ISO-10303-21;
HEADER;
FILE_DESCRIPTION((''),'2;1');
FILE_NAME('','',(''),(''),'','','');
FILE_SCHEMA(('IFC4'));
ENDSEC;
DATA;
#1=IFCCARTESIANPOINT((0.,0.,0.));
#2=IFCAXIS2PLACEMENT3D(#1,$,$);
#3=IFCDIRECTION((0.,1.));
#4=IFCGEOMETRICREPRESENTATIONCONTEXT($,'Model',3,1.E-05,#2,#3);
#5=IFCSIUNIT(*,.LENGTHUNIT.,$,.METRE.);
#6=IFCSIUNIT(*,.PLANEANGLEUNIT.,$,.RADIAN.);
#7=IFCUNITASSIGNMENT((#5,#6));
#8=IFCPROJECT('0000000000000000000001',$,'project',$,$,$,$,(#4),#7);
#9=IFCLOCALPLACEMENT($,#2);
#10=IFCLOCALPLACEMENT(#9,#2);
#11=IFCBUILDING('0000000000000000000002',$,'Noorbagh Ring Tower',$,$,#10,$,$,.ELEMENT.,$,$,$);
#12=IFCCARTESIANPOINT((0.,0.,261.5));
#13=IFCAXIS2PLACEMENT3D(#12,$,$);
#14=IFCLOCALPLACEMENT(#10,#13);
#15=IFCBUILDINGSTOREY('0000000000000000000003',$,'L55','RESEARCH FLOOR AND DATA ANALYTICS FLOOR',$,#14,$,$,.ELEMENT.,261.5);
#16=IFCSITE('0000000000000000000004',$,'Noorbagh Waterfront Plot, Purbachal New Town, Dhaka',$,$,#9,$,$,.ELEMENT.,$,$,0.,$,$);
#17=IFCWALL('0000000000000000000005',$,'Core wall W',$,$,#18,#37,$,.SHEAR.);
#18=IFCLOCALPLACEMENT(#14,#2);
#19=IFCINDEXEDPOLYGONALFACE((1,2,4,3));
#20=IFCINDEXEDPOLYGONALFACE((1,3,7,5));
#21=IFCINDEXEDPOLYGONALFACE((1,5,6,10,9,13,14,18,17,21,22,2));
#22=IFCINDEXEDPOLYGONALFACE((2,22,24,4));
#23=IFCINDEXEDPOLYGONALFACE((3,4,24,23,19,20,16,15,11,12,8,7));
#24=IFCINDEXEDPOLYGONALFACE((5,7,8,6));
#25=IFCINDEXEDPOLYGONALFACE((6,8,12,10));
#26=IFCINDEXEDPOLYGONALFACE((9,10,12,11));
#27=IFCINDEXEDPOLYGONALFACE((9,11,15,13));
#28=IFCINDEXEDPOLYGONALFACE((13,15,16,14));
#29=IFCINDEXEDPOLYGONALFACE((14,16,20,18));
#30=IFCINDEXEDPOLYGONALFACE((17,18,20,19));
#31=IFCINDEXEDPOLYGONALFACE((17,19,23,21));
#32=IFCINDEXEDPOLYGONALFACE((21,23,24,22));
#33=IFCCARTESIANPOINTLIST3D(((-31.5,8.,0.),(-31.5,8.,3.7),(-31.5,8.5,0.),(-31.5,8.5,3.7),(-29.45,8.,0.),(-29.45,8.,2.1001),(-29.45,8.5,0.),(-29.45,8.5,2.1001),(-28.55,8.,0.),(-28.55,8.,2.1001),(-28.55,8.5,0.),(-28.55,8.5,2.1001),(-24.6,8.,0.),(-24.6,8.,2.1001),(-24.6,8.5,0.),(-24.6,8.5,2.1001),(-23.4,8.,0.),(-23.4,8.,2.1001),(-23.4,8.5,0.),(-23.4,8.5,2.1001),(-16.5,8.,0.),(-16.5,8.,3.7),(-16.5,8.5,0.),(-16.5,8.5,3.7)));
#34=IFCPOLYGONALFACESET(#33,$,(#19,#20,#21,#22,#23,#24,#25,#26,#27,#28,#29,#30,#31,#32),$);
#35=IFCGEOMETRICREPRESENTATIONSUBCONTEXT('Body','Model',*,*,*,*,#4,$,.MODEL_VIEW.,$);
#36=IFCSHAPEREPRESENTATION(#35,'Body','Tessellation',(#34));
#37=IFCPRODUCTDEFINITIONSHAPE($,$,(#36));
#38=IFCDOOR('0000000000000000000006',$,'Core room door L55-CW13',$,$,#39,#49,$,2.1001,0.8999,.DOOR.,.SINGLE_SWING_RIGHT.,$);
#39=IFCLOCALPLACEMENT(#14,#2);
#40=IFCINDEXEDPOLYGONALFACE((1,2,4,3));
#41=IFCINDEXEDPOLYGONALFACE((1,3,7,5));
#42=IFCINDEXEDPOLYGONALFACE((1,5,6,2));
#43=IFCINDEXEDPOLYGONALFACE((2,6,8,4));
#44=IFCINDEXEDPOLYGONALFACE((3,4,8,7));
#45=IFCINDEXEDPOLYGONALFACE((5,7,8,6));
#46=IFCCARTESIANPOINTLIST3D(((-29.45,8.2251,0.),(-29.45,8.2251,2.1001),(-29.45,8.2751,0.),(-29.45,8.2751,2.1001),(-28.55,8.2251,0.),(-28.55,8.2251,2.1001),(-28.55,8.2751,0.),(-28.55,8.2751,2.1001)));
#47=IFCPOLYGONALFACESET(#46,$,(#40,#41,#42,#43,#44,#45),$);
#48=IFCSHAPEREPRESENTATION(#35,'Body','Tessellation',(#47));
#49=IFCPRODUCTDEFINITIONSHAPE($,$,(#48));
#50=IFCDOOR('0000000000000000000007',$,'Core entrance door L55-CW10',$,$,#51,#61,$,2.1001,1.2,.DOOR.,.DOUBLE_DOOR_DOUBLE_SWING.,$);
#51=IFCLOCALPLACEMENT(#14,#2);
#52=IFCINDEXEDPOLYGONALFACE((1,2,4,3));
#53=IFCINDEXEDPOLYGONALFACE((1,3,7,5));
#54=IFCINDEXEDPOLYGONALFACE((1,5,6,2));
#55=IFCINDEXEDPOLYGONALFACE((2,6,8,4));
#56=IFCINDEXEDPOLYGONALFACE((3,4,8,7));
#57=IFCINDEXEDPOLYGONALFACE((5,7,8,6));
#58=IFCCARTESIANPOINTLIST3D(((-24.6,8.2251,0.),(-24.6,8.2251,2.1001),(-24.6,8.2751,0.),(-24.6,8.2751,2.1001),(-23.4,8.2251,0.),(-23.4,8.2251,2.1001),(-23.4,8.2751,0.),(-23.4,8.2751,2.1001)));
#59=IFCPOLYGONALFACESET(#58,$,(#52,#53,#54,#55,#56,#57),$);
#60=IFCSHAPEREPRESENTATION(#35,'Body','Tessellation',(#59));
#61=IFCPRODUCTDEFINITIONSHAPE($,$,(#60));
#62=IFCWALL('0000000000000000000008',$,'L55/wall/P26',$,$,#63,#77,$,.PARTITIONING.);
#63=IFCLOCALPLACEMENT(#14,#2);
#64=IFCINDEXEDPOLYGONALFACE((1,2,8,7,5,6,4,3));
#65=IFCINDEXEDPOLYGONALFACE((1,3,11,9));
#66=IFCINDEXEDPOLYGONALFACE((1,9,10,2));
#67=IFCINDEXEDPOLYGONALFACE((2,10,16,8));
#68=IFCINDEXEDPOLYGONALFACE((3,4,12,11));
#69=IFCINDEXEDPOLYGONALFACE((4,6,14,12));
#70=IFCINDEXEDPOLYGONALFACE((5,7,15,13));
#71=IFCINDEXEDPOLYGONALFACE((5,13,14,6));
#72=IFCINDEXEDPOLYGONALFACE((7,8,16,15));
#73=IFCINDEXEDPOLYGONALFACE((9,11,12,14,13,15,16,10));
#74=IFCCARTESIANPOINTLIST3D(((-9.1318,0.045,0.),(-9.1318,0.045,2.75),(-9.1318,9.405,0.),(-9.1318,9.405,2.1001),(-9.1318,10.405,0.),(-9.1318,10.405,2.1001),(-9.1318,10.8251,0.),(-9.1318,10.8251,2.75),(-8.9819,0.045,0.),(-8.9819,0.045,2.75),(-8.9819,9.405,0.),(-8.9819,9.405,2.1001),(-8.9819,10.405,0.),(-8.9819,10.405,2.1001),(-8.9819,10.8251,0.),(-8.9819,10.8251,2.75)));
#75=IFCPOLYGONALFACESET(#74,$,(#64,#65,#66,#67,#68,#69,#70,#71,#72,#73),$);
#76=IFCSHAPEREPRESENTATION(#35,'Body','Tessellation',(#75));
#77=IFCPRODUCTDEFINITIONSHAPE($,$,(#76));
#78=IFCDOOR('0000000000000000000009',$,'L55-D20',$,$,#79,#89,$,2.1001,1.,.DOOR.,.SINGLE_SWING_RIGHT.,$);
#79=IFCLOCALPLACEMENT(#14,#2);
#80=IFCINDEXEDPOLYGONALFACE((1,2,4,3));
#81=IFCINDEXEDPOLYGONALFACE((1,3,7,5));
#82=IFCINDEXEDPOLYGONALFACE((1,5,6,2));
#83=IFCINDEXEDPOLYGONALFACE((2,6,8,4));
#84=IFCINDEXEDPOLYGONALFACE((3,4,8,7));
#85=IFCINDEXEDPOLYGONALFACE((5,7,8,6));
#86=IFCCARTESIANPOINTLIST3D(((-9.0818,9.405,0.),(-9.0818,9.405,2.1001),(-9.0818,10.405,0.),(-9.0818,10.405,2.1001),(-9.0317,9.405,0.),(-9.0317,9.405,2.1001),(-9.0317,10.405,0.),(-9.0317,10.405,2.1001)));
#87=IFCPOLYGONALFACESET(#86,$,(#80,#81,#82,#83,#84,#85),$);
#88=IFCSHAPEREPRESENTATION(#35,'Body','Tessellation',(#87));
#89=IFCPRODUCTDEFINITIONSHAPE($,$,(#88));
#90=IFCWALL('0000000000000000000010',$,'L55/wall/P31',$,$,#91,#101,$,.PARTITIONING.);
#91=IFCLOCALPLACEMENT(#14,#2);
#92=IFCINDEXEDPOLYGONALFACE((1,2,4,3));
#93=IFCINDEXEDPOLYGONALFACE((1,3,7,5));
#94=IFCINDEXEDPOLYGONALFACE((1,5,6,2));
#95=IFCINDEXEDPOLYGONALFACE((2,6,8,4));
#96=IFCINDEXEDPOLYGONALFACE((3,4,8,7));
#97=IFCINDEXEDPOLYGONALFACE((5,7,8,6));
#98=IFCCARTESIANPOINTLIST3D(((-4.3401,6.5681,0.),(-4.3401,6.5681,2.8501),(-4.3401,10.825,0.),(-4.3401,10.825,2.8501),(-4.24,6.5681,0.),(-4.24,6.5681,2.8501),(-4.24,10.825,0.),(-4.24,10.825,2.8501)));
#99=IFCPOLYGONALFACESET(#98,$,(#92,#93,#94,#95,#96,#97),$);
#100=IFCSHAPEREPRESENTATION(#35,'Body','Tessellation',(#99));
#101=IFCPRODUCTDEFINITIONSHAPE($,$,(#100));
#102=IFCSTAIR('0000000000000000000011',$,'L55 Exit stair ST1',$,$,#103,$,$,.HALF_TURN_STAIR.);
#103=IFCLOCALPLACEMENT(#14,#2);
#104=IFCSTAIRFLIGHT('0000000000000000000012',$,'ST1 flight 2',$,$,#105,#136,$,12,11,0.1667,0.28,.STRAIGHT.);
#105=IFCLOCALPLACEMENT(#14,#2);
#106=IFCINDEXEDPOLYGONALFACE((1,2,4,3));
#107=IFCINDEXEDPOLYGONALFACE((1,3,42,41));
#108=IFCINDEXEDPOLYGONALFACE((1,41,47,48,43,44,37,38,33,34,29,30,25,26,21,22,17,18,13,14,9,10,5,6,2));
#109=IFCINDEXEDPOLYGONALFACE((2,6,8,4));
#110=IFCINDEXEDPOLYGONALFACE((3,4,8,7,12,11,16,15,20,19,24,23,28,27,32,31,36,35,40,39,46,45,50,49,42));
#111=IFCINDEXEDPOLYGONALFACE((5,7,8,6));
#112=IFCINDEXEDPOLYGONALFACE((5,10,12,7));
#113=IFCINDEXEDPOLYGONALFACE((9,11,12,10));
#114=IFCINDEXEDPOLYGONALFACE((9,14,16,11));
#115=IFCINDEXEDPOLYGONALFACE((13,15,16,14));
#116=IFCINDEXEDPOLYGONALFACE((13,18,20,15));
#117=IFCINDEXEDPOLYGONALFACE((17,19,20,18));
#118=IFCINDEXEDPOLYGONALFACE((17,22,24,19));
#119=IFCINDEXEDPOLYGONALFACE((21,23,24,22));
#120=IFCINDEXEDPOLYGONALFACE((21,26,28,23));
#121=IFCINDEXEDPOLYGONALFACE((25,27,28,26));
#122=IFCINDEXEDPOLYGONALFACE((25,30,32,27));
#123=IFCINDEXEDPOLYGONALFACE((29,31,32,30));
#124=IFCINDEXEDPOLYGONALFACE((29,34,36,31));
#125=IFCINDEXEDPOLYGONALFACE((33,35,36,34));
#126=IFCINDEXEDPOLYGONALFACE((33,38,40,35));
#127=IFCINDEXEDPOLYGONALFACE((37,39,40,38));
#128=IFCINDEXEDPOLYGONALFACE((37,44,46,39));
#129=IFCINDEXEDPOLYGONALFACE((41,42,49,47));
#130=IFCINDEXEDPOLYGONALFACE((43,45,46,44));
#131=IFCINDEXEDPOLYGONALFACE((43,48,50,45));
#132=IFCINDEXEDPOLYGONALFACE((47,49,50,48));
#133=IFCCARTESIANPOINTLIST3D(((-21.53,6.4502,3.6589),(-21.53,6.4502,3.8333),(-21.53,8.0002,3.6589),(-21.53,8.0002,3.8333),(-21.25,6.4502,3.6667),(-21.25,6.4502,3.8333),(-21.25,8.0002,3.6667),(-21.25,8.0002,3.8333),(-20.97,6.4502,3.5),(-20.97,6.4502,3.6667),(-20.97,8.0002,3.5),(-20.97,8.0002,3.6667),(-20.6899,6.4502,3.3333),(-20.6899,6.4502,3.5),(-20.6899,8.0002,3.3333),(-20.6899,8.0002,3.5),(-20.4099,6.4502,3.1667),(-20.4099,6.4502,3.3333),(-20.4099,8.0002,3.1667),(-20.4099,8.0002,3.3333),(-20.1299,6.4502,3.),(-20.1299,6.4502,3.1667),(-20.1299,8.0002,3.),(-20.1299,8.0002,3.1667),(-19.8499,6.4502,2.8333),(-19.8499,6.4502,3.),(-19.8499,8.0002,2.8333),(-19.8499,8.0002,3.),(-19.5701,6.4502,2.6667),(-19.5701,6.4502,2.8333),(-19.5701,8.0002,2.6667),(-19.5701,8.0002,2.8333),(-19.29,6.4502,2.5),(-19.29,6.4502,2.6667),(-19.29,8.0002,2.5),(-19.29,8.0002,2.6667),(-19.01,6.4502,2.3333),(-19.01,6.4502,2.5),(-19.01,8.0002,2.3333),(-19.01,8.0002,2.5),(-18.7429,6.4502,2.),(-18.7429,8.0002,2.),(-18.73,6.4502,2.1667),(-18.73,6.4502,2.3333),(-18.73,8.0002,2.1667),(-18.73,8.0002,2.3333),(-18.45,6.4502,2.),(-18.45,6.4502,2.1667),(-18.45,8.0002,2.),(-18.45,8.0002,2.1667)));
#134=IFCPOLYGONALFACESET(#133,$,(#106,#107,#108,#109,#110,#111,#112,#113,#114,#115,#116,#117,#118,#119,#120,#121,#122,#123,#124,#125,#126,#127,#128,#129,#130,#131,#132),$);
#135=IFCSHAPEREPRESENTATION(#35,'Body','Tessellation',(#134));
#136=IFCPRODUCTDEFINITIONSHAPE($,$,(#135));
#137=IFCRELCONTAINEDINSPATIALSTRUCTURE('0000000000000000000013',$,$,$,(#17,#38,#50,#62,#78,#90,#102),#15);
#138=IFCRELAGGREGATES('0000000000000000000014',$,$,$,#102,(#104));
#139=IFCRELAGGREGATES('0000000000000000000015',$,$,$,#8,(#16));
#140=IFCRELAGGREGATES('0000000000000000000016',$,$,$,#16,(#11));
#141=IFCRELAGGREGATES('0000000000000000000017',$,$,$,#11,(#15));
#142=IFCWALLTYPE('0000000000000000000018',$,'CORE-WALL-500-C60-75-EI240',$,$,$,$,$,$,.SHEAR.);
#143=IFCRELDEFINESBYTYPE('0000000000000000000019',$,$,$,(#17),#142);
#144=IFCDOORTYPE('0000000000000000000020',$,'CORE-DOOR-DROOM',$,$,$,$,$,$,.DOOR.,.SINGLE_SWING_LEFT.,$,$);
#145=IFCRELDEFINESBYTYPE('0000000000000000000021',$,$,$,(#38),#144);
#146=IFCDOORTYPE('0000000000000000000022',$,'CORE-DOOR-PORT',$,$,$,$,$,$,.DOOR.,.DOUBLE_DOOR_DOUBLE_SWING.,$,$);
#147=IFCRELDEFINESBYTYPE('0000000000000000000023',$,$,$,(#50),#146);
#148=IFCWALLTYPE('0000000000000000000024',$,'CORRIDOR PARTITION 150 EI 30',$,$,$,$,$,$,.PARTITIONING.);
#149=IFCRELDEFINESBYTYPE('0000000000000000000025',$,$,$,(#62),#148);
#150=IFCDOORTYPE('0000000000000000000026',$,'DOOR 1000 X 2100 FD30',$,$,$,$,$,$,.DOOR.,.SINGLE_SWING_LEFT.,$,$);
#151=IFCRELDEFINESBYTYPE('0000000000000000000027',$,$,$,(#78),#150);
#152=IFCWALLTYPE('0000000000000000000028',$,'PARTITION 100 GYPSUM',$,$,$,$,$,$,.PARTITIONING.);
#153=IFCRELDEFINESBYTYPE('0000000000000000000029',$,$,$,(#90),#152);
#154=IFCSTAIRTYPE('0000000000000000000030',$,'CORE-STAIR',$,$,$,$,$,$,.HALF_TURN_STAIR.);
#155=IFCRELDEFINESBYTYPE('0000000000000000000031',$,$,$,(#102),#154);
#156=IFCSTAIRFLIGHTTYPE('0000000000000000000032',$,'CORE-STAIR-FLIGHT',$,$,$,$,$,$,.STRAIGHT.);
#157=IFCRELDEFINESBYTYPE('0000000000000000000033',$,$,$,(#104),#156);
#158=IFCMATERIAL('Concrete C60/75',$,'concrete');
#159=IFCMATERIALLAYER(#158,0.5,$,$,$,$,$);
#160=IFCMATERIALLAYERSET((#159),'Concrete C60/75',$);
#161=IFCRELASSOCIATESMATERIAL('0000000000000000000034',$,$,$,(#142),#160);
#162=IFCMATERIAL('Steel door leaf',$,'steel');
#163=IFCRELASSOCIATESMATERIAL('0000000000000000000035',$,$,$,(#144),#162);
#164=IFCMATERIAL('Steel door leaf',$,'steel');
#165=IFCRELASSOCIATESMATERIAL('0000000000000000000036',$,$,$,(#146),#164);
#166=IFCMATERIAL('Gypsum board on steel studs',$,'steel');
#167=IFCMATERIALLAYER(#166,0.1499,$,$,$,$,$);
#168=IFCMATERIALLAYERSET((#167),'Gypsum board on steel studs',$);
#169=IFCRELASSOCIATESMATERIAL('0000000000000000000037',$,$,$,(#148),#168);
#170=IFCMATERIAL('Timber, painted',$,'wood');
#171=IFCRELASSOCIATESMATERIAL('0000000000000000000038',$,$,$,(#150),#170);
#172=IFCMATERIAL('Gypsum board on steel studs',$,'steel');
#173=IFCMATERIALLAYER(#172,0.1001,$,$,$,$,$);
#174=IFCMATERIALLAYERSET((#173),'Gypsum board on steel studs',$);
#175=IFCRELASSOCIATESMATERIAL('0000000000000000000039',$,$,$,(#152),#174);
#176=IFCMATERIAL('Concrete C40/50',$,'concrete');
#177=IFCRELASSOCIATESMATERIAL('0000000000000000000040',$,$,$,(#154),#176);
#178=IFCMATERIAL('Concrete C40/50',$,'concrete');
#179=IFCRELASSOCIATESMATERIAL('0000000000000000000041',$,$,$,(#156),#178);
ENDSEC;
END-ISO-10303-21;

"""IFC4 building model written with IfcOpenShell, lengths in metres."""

from ifc_helpers import new_model, si_unit, direction, frame, frame_2d, origin, place, context, subcontext, project, spatial, polyline, rectangle, outline, extrude, material, layer, layer_set, type_object, element, fill, aggregate, save


model = new_model("IFC4")

# Units and contexts
model_context = context("Model", 3, precision=1e-05, world=origin(), true_north=direction((0.0, 1.0)))
body_context = subcontext(model_context, "Body", "Model", "MODEL_VIEW")
ifc_project = project(units=[si_unit("LENGTHUNIT", "METRE"), si_unit("PLANEANGLEUNIT", "RADIAN")], contexts=[model_context])

# Site, building, storey
site_placement = place(None, origin())
site = spatial("IfcSite", under=ifc_project, at=site_placement, Name="Noorbagh Waterfront Plot, Purbachal New Town, Dhaka", CompositionType="ELEMENT", RefElevation=0.0)
building_placement = place(site_placement, origin())
building = spatial("IfcBuilding", under=site, at=building_placement, Name="Noorbagh Ring Tower", CompositionType="ELEMENT")
storey_placement = place(building_placement, frame((0.0, 0.0, 261.5)))
storey = spatial("IfcBuildingStorey", under=building, at=storey_placement, Name="L55", Description="RESEARCH FLOOR AND DATA ANALYTICS FLOOR", CompositionType="ELEMENT", Elevation=261.5)

# Wall, openings, doors
ifc_material_1 = material(Name="Concrete C60/75", Category="concrete")
ifc_layer_1 = layer(ifc_material_1, 0.5)
ifc_layer_set_1 = layer_set([ifc_layer_1], Name="Concrete C60/75")
wall_type_1 = type_object("IfcWallType", Name="CORE-WALL-500-C60-75-EI240", PredefinedType="SHEAR", material=ifc_layer_set_1)
wall_1_placement = place(storey_placement, frame((-16.5, 8.25, 0.0), z_axis=(0.0, 0.0, 1.0), x_axis=(-1.0, 0.0, 0.0)))
wall_1 = element("IfcWall", 1, at=wall_1_placement, inside=storey, type_object=wall_type_1, Name="Core wall W", PredefinedType="SHEAR", context=body_context, shape_type="SweptSolid", body=[
    extrude(rectangle(XDim=15.0, YDim=0.5, at=frame_2d((7.5, 0.0))), origin(), (0.0, 0.0, 1.0), 3.7),
])
opening_1_placement = place(wall_1_placement, frame((6.8999, 0.0, 0.0)))
opening_1 = element("IfcOpeningElement", 2, at=opening_1_placement, cuts=wall_1, PredefinedType="OPENING", context=body_context, shape_type="SweptSolid", body=[
    extrude(rectangle(XDim=1.2, YDim=2.1001, at=frame_2d((0.6001, 1.05))), frame((0.0, 0.26, 0.0), z_axis=(0.0, -1.0, 0.0), x_axis=(1.0, 0.0, 0.0)), (0.0, 0.0, 1.0), 0.52),
])
opening_2_placement = place(wall_1_placement, frame((12.05, 0.0, 0.0)))
opening_2 = element("IfcOpeningElement", 3, at=opening_2_placement, cuts=wall_1, PredefinedType="OPENING", context=body_context, shape_type="SweptSolid", body=[
    extrude(rectangle(XDim=0.8999, YDim=2.1001, at=frame_2d((0.45, 1.05))), frame((0.0, 0.26, 0.0), z_axis=(0.0, -1.0, 0.0), x_axis=(1.0, 0.0, 0.0)), (0.0, 0.0, 1.0), 0.52),
])
ifc_material_2 = material(Name="Steel door leaf", Category="steel")
door_type_1 = type_object("IfcDoorType", Name="CORE-DOOR-DROOM", OperationType="SINGLE_SWING_LEFT", PredefinedType="DOOR", material=ifc_material_2)
door_1_placement = place(opening_2_placement, origin())
door_1 = element("IfcDoor", 4, at=door_1_placement, inside=storey, type_object=door_type_1, Name="Core room door L55-CW13", OperationType="SINGLE_SWING_RIGHT", OverallHeight=2.1001, OverallWidth=0.8999, PredefinedType="DOOR", context=body_context, shape_type="SweptSolid", body=[
    extrude(rectangle(XDim=0.8999, YDim=2.1001, at=frame_2d((0.45, 1.05))), frame((0.0, 0.0249, 0.0), z_axis=(0.0, -1.0, 0.0), x_axis=(1.0, 0.0, 0.0)), (0.0, 0.0, 1.0), 0.05),
])
fill(opening_2, door_1)
ifc_material_3 = material(Name="Steel door leaf", Category="steel")
door_type_2 = type_object("IfcDoorType", Name="CORE-DOOR-PORT", OperationType="DOUBLE_DOOR_DOUBLE_SWING", PredefinedType="DOOR", material=ifc_material_3)
door_2_placement = place(opening_1_placement, origin())
door_2 = element("IfcDoor", 5, at=door_2_placement, inside=storey, type_object=door_type_2, Name="Core entrance door L55-CW10", OperationType="DOUBLE_DOOR_DOUBLE_SWING", OverallHeight=2.1001, OverallWidth=1.2, PredefinedType="DOOR", context=body_context, shape_type="SweptSolid", body=[
    extrude(rectangle(XDim=1.2, YDim=2.1001, at=frame_2d((0.6001, 1.05))), frame((0.0, 0.0249, 0.0), z_axis=(0.0, -1.0, 0.0), x_axis=(1.0, 0.0, 0.0)), (0.0, 0.0, 1.0), 0.05),
])
fill(opening_1, door_2)

# Wall, opening, door
ifc_material_4 = material(Name="Gypsum board on steel studs", Category="steel")
ifc_layer_2 = layer(ifc_material_4, 0.1499)
ifc_layer_set_2 = layer_set([ifc_layer_2], Name="Gypsum board on steel studs")
wall_type_2 = type_object("IfcWallType", Name="CORRIDOR PARTITION 150 EI 30", PredefinedType="PARTITIONING", material=ifc_layer_set_2)
wall_2_placement = place(storey_placement, frame((-9.0569, 0.0449, 0.0), z_axis=(0.0, 0.0, 1.0), x_axis=(0.0, 1.0, 0.0)))
wall_2 = element("IfcWall", 6, at=wall_2_placement, inside=storey, type_object=wall_type_2, Name="L55/wall/P26", PredefinedType="PARTITIONING", context=body_context, shape_type="SweptSolid", body=[
    extrude(rectangle(XDim=10.78, YDim=0.1499, at=frame_2d((5.3901, 0.0))), origin(), (0.0, 0.0, 1.0), 2.75),
])
opening_3_placement = place(wall_2_placement, frame((9.3601, 0.0, 0.0)))
opening_3 = element("IfcOpeningElement", 7, at=opening_3_placement, cuts=wall_2, PredefinedType="OPENING", context=body_context, shape_type="SweptSolid", body=[
    extrude(rectangle(XDim=1.0, YDim=2.1001, at=frame_2d((0.5, 1.05))), frame((0.0, 0.085, 0.0), z_axis=(0.0, -1.0, 0.0), x_axis=(1.0, 0.0, 0.0)), (0.0, 0.0, 1.0), 0.1699),
])
ifc_material_5 = material(Name="Timber, painted", Category="wood")
door_type_3 = type_object("IfcDoorType", Name="DOOR 1000 X 2100 FD30", OperationType="SINGLE_SWING_LEFT", PredefinedType="DOOR", material=ifc_material_5)
door_3_placement = place(opening_3_placement, origin())
door_3 = element("IfcDoor", 8, at=door_3_placement, inside=storey, type_object=door_type_3, Name="L55-D20", OperationType="SINGLE_SWING_RIGHT", OverallHeight=2.1001, OverallWidth=1.0, PredefinedType="DOOR", context=body_context, shape_type="SweptSolid", body=[
    extrude(rectangle(XDim=1.0, YDim=2.1001, at=frame_2d((0.5, 1.05))), frame((0.0, 0.0249, 0.0), z_axis=(0.0, -1.0, 0.0), x_axis=(1.0, 0.0, 0.0)), (0.0, 0.0, 1.0), 0.05),
])
fill(opening_3, door_3)

# Wall
ifc_material_6 = material(Name="Gypsum board on steel studs", Category="steel")
ifc_layer_3 = layer(ifc_material_6, 0.1001)
ifc_layer_set_3 = layer_set([ifc_layer_3], Name="Gypsum board on steel studs")
wall_type_3 = type_object("IfcWallType", Name="PARTITION 100 GYPSUM", PredefinedType="PARTITIONING", material=ifc_layer_set_3)
wall_3_placement = place(storey_placement, frame((-4.29, 6.5681, 0.0), z_axis=(0.0, 0.0, 1.0), x_axis=(0.0, 1.0, 0.0)))
element("IfcWall", 9, at=wall_3_placement, inside=storey, type_object=wall_type_3, Name="L55/wall/P31", PredefinedType="PARTITIONING", context=body_context, shape_type="SweptSolid", body=[
    extrude(rectangle(XDim=4.2568, YDim=0.1001, at=frame_2d((2.1284, 0.0))), origin(), (0.0, 0.0, 1.0), 2.8501),
])

# Stair, stair flight
ifc_material_7 = material(Name="Concrete C40/50", Category="concrete")
stair_type = type_object("IfcStairType", Name="CORE-STAIR", PredefinedType="HALF_TURN_STAIR", material=ifc_material_7)
stair_placement = place(storey_placement, origin())
stair = element("IfcStair", 10, at=stair_placement, inside=storey, type_object=stair_type, Name="L55 Exit stair ST1", PredefinedType="HALF_TURN_STAIR")
ifc_material_8 = material(Name="Concrete C40/50", Category="concrete")
stair_flight_type = type_object("IfcStairFlightType", Name="CORE-STAIR-FLIGHT", PredefinedType="STRAIGHT", material=ifc_material_8)
stair_flight_placement = place(storey_placement, frame((-18.45, 7.2251, 2.0), z_axis=(0.0, 0.0, 1.0), x_axis=(-1.0, 0.0, 0.0)))
stair_flight = element("IfcStairFlight", 11, at=stair_flight_placement, type_object=stair_flight_type, Name="ST1 flight 2", NumberOfRisers=12, NumberOfTreads=11, PredefinedType="STRAIGHT", RiserHeight=0.1667, TreadLength=0.28, context=body_context, shape_type="SweptSolid", body=[
    extrude(outline(polyline([(0.0, 0.0), (0.0, 0.1667), (0.28, 0.1667), (0.28, 0.3333), (0.5601, 0.3333), (0.5601, 0.5), (0.8401, 0.5), (0.8401, 0.6667), (1.1201, 0.6667), (1.1201, 0.8333), (1.3999, 0.8333), (1.3999, 1.0), (1.6799, 1.0), (1.6799, 1.1667), (1.96, 1.1667), (1.96, 1.3333), (2.24, 1.3333), (2.24, 1.5), (2.52, 1.5), (2.52, 1.6667), (2.8, 1.6667), (2.8, 1.8333), (3.0801, 1.8333), (3.0801, 2.0), (3.0801, 1.6589), (0.293, 0.0), (0.0, 0.0)])), frame((0.0, 0.7749, 0.0), z_axis=(0.0, -1.0, 0.0), x_axis=(1.0, 0.0, 0.0)), (0.0, 0.0, 1.0), 1.55),
])
aggregate(stair, [stair_flight])

save(model, "model.ifc")
